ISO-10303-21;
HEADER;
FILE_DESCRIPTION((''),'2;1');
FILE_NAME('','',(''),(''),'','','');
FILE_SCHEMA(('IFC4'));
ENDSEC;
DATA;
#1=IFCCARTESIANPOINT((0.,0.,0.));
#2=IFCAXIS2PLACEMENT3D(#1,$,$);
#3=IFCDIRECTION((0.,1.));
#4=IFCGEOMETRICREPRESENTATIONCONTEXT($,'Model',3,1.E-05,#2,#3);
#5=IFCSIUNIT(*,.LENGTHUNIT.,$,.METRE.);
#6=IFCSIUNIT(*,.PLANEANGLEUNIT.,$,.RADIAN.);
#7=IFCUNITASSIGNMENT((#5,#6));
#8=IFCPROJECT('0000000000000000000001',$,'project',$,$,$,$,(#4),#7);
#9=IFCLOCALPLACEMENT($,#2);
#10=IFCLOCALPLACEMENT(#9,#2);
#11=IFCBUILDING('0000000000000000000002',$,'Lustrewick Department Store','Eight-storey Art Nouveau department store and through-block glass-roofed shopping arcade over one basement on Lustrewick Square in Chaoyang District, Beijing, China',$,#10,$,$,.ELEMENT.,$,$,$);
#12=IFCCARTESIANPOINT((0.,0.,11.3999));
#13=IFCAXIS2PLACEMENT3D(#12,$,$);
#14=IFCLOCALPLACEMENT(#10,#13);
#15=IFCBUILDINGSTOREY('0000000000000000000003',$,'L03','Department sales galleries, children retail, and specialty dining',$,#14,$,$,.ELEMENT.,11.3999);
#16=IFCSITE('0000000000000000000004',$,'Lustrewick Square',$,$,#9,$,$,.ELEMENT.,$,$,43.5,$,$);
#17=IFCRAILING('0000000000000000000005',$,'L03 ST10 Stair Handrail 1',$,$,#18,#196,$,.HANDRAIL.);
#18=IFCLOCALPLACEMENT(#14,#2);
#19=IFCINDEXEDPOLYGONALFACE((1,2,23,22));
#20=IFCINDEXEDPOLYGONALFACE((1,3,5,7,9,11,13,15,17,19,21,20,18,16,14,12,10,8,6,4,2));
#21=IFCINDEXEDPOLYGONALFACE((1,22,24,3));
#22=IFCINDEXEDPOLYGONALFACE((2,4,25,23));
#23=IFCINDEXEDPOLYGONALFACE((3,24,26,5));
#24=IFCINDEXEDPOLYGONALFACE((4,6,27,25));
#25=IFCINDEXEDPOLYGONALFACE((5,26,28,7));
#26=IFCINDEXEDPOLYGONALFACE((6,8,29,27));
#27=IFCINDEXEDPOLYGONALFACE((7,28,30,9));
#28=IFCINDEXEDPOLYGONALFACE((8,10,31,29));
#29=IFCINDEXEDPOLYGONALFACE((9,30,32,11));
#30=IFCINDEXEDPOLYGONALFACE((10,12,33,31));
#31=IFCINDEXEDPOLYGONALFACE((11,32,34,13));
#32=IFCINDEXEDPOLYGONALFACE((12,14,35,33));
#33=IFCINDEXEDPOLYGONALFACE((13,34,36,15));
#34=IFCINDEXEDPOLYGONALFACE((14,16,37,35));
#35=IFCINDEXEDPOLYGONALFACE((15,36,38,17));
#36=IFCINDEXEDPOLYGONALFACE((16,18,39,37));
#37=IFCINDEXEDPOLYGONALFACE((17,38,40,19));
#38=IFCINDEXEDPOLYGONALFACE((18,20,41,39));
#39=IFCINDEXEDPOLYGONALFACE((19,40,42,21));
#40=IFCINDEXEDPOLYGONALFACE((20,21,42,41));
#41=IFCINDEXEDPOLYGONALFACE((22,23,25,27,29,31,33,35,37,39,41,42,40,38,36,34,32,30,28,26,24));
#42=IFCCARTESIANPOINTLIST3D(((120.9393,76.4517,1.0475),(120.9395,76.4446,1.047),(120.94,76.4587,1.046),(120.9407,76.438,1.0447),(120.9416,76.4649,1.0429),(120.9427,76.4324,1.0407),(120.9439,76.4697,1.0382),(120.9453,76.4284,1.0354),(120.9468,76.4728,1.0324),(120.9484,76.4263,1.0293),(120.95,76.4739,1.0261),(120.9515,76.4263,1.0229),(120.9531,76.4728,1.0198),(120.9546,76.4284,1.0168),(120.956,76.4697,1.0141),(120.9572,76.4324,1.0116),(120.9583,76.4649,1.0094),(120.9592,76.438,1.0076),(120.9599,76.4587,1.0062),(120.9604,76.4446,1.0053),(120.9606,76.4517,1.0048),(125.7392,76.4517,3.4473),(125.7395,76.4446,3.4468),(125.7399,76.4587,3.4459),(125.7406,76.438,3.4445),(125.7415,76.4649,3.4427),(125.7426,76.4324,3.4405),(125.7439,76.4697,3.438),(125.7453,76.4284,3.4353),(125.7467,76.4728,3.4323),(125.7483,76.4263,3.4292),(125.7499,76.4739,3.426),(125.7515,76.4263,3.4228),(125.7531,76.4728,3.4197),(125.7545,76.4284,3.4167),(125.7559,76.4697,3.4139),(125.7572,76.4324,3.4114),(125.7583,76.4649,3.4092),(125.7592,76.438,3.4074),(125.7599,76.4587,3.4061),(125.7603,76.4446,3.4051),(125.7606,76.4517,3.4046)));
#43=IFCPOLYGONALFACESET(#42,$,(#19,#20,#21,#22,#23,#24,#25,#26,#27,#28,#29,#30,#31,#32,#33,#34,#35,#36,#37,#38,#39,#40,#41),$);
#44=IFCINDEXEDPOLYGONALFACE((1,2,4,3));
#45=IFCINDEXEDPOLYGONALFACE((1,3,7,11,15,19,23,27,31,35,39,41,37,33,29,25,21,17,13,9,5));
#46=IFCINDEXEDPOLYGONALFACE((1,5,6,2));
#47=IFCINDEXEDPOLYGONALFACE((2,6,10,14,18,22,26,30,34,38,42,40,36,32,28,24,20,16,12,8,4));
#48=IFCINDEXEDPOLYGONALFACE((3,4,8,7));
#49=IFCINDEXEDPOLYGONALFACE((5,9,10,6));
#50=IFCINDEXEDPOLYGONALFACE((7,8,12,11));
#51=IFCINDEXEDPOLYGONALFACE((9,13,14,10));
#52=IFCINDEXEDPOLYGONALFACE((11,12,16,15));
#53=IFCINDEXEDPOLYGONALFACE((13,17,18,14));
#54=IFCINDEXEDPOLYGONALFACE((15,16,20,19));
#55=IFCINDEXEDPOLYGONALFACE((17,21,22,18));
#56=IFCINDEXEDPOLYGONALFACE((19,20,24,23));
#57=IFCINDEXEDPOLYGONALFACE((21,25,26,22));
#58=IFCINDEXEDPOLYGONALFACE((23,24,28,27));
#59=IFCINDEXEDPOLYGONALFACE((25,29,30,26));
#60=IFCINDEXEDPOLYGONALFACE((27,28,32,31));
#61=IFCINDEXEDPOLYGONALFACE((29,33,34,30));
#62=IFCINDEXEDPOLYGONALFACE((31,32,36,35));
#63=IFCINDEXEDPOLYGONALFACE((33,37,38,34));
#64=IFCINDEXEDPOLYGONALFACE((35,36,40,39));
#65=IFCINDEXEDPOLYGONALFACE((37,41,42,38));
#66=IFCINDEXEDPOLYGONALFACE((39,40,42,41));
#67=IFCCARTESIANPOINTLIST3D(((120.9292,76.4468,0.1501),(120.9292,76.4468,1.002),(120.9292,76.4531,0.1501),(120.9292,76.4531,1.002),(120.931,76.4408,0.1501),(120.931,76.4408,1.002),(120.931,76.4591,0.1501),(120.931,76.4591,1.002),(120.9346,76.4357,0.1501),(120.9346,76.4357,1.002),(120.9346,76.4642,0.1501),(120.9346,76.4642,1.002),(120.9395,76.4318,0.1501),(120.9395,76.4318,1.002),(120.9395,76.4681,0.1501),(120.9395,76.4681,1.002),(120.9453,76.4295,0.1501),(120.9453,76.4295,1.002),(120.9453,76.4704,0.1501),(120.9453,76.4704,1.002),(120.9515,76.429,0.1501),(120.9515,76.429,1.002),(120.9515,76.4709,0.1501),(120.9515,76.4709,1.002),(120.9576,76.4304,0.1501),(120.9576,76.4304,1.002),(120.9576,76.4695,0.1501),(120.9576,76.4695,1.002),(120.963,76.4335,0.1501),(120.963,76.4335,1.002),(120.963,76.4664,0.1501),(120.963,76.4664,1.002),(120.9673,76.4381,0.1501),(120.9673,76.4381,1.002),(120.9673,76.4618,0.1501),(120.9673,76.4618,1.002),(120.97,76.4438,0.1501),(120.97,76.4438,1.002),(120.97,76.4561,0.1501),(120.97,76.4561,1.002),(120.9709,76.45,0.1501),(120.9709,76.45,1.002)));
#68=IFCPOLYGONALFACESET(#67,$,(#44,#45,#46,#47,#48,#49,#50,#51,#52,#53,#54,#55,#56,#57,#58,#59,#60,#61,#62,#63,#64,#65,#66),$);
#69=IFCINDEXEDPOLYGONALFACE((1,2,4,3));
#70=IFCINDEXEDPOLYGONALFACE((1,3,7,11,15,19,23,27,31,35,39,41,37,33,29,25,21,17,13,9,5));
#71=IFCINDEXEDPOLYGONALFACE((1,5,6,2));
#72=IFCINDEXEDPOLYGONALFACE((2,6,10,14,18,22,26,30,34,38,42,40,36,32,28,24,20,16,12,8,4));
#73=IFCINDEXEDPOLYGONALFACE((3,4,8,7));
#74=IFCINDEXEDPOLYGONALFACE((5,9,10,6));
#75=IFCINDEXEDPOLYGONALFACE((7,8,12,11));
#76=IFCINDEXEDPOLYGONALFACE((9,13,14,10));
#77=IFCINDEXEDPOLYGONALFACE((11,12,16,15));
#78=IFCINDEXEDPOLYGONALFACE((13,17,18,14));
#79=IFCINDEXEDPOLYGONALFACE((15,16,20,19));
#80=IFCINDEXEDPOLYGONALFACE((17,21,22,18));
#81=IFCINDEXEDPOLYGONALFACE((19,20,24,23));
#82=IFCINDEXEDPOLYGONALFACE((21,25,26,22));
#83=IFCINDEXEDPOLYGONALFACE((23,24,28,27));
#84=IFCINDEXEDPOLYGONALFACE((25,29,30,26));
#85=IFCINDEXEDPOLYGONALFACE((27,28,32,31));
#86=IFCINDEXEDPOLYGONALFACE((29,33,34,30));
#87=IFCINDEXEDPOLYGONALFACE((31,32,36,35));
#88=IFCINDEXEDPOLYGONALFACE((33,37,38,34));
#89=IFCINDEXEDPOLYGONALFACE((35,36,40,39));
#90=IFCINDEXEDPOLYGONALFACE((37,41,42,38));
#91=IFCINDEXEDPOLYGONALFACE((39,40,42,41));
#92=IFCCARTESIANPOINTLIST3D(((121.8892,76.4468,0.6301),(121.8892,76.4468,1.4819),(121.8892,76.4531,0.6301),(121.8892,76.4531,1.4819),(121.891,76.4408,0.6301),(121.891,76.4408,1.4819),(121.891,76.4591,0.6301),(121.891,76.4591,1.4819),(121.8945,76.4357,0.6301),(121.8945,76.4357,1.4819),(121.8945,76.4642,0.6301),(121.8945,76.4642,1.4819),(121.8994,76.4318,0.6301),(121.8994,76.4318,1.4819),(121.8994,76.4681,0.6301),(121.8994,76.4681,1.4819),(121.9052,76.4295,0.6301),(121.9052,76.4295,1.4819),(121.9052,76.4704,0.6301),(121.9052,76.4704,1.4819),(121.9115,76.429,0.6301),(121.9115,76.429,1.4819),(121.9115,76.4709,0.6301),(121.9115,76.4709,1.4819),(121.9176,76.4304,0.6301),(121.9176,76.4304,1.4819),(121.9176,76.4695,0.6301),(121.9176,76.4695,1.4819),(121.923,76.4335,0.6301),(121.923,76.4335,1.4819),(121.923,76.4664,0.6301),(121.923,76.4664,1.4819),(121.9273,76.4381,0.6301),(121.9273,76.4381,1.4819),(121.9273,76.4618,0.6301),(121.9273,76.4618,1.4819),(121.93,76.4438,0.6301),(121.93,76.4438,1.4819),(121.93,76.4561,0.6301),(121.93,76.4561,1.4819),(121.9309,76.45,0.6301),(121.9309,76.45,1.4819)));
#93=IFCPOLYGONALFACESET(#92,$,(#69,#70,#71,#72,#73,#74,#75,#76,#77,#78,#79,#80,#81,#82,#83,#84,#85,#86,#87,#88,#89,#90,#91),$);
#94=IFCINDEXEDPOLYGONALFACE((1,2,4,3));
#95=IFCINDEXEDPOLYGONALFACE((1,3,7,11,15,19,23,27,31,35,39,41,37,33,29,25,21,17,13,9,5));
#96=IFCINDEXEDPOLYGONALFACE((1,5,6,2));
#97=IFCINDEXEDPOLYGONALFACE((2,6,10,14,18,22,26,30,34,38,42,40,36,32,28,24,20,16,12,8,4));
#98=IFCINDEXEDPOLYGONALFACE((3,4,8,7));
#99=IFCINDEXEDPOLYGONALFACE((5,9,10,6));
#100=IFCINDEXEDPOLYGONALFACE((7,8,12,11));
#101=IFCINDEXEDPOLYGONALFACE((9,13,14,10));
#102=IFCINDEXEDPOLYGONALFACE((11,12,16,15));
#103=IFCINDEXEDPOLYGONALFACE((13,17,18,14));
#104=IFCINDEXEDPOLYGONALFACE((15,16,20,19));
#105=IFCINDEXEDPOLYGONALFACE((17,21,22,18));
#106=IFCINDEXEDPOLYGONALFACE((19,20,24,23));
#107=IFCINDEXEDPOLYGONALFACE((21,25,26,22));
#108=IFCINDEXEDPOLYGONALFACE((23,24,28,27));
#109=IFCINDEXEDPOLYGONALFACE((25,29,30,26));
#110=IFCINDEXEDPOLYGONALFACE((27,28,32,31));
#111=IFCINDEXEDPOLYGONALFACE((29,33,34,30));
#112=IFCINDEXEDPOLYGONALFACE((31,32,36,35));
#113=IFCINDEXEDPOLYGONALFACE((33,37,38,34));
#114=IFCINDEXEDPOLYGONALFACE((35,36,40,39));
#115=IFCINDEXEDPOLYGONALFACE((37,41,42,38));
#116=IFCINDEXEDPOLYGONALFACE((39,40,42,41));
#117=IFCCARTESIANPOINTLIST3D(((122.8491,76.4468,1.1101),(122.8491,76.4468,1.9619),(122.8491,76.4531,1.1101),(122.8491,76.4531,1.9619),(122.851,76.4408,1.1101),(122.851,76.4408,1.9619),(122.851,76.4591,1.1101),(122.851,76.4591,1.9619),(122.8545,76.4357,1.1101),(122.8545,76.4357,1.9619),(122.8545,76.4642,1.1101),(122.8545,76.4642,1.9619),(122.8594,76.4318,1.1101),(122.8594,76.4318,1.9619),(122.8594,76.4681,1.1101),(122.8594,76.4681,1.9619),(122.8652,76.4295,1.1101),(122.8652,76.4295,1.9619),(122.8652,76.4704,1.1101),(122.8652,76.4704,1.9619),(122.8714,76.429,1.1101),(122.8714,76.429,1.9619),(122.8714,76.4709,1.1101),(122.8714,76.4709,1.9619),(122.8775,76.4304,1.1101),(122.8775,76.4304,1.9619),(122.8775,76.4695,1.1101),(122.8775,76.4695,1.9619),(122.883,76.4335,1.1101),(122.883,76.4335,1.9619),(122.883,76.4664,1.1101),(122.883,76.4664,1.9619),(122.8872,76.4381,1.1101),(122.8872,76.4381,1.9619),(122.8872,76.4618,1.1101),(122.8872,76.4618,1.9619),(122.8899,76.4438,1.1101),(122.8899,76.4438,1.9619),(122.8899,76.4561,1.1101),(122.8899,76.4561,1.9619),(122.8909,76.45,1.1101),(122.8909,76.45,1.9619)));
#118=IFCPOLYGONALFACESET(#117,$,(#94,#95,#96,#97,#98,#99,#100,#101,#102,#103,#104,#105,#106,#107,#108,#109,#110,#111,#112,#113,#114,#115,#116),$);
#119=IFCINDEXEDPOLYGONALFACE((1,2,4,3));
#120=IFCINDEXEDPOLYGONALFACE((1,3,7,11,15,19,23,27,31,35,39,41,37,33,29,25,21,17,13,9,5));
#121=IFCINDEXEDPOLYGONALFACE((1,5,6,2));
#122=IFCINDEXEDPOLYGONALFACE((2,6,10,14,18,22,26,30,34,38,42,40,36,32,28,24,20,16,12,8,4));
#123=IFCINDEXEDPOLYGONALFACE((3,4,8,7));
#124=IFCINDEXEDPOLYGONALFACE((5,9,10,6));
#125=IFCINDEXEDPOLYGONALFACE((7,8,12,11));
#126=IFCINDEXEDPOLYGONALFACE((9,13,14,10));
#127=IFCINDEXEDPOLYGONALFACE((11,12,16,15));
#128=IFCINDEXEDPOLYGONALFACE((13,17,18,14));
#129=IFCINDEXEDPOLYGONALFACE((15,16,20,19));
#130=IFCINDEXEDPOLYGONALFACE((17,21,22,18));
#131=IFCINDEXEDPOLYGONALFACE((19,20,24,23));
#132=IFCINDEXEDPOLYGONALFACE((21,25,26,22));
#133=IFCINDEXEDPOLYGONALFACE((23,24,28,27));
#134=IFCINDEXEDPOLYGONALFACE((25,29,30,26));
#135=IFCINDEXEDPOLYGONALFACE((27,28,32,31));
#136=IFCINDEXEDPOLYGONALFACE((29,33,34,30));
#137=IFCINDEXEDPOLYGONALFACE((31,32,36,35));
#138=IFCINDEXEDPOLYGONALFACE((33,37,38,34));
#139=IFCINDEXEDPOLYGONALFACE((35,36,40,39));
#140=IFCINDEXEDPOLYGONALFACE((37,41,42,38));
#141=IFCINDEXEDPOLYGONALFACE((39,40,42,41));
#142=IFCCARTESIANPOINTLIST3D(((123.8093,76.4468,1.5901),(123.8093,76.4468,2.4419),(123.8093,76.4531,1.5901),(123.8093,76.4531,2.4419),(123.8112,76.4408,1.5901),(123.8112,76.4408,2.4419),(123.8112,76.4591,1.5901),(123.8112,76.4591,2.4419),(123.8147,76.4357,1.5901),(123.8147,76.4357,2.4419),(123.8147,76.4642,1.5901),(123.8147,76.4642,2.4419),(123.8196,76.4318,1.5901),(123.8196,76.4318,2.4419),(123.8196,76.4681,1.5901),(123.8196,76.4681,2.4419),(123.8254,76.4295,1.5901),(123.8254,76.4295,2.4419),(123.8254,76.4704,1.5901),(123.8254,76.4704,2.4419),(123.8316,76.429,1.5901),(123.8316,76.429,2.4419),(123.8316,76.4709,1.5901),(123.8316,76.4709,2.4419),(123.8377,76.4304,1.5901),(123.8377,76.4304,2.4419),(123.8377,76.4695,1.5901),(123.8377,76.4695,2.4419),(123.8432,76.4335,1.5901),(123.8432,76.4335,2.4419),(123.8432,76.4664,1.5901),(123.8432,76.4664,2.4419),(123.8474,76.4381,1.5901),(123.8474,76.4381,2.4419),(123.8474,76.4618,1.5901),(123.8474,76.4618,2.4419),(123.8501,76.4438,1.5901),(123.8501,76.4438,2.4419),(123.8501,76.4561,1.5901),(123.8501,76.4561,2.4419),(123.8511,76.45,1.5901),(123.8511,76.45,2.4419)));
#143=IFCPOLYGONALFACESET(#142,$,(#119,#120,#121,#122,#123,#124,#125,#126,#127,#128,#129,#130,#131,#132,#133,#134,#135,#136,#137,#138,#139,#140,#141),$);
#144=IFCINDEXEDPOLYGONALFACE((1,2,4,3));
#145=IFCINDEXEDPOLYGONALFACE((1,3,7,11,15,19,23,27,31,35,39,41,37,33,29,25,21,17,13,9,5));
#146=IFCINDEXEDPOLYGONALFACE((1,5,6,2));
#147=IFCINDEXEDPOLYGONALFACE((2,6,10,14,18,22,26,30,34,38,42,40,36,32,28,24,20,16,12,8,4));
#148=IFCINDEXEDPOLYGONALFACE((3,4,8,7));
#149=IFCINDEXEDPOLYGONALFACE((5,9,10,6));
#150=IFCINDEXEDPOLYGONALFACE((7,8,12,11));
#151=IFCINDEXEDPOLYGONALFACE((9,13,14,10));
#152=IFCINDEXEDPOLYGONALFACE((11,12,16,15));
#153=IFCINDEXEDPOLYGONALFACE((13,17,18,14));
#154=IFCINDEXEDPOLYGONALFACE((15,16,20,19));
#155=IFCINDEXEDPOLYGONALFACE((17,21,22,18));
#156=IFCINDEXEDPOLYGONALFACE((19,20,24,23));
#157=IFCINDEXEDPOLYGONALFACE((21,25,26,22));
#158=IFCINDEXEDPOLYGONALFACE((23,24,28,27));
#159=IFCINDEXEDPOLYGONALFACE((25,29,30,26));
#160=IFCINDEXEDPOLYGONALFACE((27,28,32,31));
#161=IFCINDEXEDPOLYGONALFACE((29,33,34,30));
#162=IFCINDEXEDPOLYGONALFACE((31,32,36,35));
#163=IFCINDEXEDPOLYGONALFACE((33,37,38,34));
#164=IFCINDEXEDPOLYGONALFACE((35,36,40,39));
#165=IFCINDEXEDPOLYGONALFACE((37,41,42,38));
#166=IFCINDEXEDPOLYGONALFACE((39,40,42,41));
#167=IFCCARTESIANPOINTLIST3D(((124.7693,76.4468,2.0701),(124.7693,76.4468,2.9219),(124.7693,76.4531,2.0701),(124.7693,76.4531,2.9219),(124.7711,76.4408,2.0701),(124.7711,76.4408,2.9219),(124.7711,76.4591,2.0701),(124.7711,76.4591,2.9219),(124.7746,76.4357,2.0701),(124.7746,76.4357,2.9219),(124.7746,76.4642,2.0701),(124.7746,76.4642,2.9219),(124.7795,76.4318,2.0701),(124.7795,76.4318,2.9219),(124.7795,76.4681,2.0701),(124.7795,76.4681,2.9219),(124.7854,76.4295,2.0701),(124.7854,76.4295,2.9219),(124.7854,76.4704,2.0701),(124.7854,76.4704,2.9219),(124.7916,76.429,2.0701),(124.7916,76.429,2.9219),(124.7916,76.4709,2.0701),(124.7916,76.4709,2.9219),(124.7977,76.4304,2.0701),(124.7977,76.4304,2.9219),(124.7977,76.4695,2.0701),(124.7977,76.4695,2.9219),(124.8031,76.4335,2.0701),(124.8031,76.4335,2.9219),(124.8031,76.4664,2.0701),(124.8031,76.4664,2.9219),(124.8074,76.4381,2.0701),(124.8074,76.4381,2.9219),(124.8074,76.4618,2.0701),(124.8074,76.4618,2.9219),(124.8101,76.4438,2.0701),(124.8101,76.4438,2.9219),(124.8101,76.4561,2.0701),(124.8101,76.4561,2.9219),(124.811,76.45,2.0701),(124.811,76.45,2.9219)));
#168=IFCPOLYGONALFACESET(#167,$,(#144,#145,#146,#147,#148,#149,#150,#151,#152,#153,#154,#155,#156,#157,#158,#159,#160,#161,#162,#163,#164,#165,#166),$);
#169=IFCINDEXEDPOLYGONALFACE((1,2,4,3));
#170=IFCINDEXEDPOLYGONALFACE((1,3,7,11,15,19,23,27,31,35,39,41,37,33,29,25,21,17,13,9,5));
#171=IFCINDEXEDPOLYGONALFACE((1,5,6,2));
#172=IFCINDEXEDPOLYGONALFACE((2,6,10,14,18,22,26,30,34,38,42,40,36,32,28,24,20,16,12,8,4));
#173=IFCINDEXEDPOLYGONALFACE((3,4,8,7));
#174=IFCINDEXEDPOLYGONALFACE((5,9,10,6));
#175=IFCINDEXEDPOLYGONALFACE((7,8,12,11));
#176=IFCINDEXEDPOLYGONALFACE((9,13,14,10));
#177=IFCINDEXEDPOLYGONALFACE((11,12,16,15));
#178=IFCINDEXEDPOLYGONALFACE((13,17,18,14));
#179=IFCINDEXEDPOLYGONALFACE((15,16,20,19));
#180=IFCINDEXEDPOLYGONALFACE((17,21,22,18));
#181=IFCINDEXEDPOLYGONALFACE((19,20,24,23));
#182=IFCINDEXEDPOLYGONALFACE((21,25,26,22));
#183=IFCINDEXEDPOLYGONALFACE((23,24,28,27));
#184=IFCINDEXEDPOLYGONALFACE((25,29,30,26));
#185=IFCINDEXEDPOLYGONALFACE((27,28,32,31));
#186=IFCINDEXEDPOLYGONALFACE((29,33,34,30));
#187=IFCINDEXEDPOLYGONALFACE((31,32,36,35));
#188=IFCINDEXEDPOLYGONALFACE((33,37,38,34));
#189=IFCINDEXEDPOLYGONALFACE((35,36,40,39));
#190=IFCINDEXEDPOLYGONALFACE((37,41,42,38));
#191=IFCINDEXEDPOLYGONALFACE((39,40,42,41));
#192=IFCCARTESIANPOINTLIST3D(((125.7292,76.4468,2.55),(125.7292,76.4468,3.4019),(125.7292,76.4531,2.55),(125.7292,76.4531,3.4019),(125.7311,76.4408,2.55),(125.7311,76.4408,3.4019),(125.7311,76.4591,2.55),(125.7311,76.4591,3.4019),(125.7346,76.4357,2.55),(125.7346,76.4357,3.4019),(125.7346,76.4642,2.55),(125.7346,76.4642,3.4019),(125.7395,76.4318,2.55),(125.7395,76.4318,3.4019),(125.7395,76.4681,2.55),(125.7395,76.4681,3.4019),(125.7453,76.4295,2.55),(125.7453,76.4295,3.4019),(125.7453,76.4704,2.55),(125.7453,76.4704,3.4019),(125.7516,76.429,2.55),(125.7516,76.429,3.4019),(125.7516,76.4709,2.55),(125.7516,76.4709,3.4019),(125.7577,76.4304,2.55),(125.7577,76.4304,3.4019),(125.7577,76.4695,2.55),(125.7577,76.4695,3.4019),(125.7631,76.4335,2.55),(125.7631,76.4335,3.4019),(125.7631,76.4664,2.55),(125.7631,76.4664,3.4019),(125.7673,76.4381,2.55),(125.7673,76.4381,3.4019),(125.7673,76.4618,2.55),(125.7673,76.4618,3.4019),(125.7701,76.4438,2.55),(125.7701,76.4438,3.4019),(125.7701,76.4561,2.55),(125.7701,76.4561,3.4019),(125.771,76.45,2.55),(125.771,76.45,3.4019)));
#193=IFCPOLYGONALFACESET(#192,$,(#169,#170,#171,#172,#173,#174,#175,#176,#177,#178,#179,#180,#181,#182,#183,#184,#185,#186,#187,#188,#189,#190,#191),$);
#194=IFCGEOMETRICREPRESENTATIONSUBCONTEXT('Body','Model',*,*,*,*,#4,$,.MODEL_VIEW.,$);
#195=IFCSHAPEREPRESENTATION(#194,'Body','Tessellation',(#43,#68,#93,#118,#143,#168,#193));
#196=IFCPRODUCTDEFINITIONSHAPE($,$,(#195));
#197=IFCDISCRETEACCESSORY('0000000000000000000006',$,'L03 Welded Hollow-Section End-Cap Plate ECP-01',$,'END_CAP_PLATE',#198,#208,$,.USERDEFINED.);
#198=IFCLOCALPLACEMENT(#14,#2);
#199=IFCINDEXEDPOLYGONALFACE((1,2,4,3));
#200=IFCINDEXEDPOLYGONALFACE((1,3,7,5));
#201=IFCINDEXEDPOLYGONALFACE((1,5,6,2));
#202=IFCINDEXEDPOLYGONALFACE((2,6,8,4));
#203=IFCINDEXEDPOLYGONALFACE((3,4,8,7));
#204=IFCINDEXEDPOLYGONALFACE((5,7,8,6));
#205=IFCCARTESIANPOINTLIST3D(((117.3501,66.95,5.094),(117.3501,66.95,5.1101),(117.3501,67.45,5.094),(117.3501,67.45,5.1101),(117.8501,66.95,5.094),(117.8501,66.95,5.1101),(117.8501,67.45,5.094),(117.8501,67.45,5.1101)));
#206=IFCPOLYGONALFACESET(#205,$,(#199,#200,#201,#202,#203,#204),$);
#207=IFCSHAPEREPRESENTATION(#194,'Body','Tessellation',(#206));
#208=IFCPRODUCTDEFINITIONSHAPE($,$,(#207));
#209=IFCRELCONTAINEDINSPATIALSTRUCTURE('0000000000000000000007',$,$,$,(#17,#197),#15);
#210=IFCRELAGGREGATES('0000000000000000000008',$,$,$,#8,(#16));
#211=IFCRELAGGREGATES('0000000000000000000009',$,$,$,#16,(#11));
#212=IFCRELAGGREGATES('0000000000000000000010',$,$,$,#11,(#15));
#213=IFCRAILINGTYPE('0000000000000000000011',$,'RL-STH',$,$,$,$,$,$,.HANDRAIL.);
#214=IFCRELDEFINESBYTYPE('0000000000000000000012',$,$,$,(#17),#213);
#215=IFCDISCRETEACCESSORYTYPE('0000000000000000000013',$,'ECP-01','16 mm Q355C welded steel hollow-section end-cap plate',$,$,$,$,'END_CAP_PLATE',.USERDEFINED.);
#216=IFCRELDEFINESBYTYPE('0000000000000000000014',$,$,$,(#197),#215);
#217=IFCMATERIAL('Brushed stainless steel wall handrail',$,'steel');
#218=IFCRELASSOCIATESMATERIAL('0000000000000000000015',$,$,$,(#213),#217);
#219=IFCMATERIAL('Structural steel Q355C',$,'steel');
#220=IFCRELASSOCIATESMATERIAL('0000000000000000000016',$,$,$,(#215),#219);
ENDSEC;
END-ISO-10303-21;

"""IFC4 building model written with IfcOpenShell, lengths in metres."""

from ifc_helpers import new_model, si_unit, direction, frame, origin, origin_2d, place, context, subcontext, project, spatial, rectangle, circle, extrude, material, type_object, element, save


model = new_model("IFC4")

# Units and contexts
model_context = context("Model", 3, precision=1e-05, world=origin(), true_north=direction((0.0, 1.0)))
body_context = subcontext(model_context, "Body", "Model", "MODEL_VIEW")
ifc_project = project(units=[si_unit("LENGTHUNIT", "METRE"), si_unit("PLANEANGLEUNIT", "RADIAN")], contexts=[model_context])

# Site, building, storey
site_placement = place(None, origin())
site = spatial("IfcSite", under=ifc_project, at=site_placement, Name="Lustrewick Square", CompositionType="ELEMENT", RefElevation=43.5)
building_placement = place(site_placement, origin())
building = spatial("IfcBuilding", under=site, at=building_placement, Name="Lustrewick Department Store", Description="Eight-storey Art Nouveau department store and through-block glass-roofed shopping arcade over one basement on Lustrewick Square in Chaoyang District, Beijing, China", CompositionType="ELEMENT")
storey_placement = place(building_placement, frame((0.0, 0.0, 11.3999)))
storey = spatial("IfcBuildingStorey", under=building, at=storey_placement, Name="L03", Description="Department sales galleries, children retail, and specialty dining", CompositionType="ELEMENT", Elevation=11.3999)

# Shared definitions
ifc_material_1 = material(Name="Structural steel Q355C", Category="steel")

# Railing
ifc_material_2 = material(Name="Brushed stainless steel wall handrail", Category="steel")
railing_type = type_object("IfcRailingType", Name="RL-STH", PredefinedType="HANDRAIL", material=ifc_material_2)
railing_placement = place(storey_placement, frame((120.95, 76.45, 0.1501)))
element("IfcRailing", 1, at=railing_placement, inside=storey, type_object=railing_type, Name="L03 ST10 Stair Handrail 1", PredefinedType="HANDRAIL", context=body_context, shape_type="SweptSolid", body=[
    extrude(circle(Radius=0.0239, at=origin_2d()), frame((0.0, 0.0, 0.876), z_axis=(0.894436, 0.0, 0.447195), x_axis=(0.0, 1.0, 0.0)), (0.0, 0.0, 1.0), 5.3665),
    extrude(circle(Radius=0.021, at=origin_2d()), origin(), (0.0, 0.0, 1.0), 0.8518),
    extrude(circle(Radius=0.021, at=origin_2d()), frame((0.96, 0.0, 0.48)), (0.0, 0.0, 1.0), 0.8518),
    extrude(circle(Radius=0.021, at=origin_2d()), frame((1.9199, 0.0, 0.96)), (0.0, 0.0, 1.0), 0.8518),
    extrude(circle(Radius=0.021, at=origin_2d()), frame((2.8801, 0.0, 1.4399)), (0.0, 0.0, 1.0), 0.8518),
    extrude(circle(Radius=0.021, at=origin_2d()), frame((3.8401, 0.0, 1.9199)), (0.0, 0.0, 1.0), 0.8518),
    extrude(circle(Radius=0.021, at=origin_2d()), frame((4.8, 0.0, 2.3999)), (0.0, 0.0, 1.0), 0.8518),
])

# Discrete accessory
discrete_accessory_type = type_object("IfcDiscreteAccessoryType", Name="ECP-01", Description="16 mm Q355C welded steel hollow-section end-cap plate", ElementType="END_CAP_PLATE", PredefinedType="USERDEFINED", material=ifc_material_1)
discrete_accessory_placement = place(storey_placement, frame((117.6001, 67.2, 5.094), z_axis=(0.0, 0.0, 1.0), x_axis=(1.0, 0.0, 0.0)))
element("IfcDiscreteAccessory", 2, at=discrete_accessory_placement, inside=storey, type_object=discrete_accessory_type, Name="L03 Welded Hollow-Section End-Cap Plate ECP-01", ObjectType="END_CAP_PLATE", PredefinedType="USERDEFINED", context=body_context, shape_type="SweptSolid", body=[
    extrude(rectangle(XDim=0.5, YDim=0.5, at=origin_2d()), origin(), (0.0, 0.0, 1.0), 0.0161),
])

save(model, "model.ifc")
